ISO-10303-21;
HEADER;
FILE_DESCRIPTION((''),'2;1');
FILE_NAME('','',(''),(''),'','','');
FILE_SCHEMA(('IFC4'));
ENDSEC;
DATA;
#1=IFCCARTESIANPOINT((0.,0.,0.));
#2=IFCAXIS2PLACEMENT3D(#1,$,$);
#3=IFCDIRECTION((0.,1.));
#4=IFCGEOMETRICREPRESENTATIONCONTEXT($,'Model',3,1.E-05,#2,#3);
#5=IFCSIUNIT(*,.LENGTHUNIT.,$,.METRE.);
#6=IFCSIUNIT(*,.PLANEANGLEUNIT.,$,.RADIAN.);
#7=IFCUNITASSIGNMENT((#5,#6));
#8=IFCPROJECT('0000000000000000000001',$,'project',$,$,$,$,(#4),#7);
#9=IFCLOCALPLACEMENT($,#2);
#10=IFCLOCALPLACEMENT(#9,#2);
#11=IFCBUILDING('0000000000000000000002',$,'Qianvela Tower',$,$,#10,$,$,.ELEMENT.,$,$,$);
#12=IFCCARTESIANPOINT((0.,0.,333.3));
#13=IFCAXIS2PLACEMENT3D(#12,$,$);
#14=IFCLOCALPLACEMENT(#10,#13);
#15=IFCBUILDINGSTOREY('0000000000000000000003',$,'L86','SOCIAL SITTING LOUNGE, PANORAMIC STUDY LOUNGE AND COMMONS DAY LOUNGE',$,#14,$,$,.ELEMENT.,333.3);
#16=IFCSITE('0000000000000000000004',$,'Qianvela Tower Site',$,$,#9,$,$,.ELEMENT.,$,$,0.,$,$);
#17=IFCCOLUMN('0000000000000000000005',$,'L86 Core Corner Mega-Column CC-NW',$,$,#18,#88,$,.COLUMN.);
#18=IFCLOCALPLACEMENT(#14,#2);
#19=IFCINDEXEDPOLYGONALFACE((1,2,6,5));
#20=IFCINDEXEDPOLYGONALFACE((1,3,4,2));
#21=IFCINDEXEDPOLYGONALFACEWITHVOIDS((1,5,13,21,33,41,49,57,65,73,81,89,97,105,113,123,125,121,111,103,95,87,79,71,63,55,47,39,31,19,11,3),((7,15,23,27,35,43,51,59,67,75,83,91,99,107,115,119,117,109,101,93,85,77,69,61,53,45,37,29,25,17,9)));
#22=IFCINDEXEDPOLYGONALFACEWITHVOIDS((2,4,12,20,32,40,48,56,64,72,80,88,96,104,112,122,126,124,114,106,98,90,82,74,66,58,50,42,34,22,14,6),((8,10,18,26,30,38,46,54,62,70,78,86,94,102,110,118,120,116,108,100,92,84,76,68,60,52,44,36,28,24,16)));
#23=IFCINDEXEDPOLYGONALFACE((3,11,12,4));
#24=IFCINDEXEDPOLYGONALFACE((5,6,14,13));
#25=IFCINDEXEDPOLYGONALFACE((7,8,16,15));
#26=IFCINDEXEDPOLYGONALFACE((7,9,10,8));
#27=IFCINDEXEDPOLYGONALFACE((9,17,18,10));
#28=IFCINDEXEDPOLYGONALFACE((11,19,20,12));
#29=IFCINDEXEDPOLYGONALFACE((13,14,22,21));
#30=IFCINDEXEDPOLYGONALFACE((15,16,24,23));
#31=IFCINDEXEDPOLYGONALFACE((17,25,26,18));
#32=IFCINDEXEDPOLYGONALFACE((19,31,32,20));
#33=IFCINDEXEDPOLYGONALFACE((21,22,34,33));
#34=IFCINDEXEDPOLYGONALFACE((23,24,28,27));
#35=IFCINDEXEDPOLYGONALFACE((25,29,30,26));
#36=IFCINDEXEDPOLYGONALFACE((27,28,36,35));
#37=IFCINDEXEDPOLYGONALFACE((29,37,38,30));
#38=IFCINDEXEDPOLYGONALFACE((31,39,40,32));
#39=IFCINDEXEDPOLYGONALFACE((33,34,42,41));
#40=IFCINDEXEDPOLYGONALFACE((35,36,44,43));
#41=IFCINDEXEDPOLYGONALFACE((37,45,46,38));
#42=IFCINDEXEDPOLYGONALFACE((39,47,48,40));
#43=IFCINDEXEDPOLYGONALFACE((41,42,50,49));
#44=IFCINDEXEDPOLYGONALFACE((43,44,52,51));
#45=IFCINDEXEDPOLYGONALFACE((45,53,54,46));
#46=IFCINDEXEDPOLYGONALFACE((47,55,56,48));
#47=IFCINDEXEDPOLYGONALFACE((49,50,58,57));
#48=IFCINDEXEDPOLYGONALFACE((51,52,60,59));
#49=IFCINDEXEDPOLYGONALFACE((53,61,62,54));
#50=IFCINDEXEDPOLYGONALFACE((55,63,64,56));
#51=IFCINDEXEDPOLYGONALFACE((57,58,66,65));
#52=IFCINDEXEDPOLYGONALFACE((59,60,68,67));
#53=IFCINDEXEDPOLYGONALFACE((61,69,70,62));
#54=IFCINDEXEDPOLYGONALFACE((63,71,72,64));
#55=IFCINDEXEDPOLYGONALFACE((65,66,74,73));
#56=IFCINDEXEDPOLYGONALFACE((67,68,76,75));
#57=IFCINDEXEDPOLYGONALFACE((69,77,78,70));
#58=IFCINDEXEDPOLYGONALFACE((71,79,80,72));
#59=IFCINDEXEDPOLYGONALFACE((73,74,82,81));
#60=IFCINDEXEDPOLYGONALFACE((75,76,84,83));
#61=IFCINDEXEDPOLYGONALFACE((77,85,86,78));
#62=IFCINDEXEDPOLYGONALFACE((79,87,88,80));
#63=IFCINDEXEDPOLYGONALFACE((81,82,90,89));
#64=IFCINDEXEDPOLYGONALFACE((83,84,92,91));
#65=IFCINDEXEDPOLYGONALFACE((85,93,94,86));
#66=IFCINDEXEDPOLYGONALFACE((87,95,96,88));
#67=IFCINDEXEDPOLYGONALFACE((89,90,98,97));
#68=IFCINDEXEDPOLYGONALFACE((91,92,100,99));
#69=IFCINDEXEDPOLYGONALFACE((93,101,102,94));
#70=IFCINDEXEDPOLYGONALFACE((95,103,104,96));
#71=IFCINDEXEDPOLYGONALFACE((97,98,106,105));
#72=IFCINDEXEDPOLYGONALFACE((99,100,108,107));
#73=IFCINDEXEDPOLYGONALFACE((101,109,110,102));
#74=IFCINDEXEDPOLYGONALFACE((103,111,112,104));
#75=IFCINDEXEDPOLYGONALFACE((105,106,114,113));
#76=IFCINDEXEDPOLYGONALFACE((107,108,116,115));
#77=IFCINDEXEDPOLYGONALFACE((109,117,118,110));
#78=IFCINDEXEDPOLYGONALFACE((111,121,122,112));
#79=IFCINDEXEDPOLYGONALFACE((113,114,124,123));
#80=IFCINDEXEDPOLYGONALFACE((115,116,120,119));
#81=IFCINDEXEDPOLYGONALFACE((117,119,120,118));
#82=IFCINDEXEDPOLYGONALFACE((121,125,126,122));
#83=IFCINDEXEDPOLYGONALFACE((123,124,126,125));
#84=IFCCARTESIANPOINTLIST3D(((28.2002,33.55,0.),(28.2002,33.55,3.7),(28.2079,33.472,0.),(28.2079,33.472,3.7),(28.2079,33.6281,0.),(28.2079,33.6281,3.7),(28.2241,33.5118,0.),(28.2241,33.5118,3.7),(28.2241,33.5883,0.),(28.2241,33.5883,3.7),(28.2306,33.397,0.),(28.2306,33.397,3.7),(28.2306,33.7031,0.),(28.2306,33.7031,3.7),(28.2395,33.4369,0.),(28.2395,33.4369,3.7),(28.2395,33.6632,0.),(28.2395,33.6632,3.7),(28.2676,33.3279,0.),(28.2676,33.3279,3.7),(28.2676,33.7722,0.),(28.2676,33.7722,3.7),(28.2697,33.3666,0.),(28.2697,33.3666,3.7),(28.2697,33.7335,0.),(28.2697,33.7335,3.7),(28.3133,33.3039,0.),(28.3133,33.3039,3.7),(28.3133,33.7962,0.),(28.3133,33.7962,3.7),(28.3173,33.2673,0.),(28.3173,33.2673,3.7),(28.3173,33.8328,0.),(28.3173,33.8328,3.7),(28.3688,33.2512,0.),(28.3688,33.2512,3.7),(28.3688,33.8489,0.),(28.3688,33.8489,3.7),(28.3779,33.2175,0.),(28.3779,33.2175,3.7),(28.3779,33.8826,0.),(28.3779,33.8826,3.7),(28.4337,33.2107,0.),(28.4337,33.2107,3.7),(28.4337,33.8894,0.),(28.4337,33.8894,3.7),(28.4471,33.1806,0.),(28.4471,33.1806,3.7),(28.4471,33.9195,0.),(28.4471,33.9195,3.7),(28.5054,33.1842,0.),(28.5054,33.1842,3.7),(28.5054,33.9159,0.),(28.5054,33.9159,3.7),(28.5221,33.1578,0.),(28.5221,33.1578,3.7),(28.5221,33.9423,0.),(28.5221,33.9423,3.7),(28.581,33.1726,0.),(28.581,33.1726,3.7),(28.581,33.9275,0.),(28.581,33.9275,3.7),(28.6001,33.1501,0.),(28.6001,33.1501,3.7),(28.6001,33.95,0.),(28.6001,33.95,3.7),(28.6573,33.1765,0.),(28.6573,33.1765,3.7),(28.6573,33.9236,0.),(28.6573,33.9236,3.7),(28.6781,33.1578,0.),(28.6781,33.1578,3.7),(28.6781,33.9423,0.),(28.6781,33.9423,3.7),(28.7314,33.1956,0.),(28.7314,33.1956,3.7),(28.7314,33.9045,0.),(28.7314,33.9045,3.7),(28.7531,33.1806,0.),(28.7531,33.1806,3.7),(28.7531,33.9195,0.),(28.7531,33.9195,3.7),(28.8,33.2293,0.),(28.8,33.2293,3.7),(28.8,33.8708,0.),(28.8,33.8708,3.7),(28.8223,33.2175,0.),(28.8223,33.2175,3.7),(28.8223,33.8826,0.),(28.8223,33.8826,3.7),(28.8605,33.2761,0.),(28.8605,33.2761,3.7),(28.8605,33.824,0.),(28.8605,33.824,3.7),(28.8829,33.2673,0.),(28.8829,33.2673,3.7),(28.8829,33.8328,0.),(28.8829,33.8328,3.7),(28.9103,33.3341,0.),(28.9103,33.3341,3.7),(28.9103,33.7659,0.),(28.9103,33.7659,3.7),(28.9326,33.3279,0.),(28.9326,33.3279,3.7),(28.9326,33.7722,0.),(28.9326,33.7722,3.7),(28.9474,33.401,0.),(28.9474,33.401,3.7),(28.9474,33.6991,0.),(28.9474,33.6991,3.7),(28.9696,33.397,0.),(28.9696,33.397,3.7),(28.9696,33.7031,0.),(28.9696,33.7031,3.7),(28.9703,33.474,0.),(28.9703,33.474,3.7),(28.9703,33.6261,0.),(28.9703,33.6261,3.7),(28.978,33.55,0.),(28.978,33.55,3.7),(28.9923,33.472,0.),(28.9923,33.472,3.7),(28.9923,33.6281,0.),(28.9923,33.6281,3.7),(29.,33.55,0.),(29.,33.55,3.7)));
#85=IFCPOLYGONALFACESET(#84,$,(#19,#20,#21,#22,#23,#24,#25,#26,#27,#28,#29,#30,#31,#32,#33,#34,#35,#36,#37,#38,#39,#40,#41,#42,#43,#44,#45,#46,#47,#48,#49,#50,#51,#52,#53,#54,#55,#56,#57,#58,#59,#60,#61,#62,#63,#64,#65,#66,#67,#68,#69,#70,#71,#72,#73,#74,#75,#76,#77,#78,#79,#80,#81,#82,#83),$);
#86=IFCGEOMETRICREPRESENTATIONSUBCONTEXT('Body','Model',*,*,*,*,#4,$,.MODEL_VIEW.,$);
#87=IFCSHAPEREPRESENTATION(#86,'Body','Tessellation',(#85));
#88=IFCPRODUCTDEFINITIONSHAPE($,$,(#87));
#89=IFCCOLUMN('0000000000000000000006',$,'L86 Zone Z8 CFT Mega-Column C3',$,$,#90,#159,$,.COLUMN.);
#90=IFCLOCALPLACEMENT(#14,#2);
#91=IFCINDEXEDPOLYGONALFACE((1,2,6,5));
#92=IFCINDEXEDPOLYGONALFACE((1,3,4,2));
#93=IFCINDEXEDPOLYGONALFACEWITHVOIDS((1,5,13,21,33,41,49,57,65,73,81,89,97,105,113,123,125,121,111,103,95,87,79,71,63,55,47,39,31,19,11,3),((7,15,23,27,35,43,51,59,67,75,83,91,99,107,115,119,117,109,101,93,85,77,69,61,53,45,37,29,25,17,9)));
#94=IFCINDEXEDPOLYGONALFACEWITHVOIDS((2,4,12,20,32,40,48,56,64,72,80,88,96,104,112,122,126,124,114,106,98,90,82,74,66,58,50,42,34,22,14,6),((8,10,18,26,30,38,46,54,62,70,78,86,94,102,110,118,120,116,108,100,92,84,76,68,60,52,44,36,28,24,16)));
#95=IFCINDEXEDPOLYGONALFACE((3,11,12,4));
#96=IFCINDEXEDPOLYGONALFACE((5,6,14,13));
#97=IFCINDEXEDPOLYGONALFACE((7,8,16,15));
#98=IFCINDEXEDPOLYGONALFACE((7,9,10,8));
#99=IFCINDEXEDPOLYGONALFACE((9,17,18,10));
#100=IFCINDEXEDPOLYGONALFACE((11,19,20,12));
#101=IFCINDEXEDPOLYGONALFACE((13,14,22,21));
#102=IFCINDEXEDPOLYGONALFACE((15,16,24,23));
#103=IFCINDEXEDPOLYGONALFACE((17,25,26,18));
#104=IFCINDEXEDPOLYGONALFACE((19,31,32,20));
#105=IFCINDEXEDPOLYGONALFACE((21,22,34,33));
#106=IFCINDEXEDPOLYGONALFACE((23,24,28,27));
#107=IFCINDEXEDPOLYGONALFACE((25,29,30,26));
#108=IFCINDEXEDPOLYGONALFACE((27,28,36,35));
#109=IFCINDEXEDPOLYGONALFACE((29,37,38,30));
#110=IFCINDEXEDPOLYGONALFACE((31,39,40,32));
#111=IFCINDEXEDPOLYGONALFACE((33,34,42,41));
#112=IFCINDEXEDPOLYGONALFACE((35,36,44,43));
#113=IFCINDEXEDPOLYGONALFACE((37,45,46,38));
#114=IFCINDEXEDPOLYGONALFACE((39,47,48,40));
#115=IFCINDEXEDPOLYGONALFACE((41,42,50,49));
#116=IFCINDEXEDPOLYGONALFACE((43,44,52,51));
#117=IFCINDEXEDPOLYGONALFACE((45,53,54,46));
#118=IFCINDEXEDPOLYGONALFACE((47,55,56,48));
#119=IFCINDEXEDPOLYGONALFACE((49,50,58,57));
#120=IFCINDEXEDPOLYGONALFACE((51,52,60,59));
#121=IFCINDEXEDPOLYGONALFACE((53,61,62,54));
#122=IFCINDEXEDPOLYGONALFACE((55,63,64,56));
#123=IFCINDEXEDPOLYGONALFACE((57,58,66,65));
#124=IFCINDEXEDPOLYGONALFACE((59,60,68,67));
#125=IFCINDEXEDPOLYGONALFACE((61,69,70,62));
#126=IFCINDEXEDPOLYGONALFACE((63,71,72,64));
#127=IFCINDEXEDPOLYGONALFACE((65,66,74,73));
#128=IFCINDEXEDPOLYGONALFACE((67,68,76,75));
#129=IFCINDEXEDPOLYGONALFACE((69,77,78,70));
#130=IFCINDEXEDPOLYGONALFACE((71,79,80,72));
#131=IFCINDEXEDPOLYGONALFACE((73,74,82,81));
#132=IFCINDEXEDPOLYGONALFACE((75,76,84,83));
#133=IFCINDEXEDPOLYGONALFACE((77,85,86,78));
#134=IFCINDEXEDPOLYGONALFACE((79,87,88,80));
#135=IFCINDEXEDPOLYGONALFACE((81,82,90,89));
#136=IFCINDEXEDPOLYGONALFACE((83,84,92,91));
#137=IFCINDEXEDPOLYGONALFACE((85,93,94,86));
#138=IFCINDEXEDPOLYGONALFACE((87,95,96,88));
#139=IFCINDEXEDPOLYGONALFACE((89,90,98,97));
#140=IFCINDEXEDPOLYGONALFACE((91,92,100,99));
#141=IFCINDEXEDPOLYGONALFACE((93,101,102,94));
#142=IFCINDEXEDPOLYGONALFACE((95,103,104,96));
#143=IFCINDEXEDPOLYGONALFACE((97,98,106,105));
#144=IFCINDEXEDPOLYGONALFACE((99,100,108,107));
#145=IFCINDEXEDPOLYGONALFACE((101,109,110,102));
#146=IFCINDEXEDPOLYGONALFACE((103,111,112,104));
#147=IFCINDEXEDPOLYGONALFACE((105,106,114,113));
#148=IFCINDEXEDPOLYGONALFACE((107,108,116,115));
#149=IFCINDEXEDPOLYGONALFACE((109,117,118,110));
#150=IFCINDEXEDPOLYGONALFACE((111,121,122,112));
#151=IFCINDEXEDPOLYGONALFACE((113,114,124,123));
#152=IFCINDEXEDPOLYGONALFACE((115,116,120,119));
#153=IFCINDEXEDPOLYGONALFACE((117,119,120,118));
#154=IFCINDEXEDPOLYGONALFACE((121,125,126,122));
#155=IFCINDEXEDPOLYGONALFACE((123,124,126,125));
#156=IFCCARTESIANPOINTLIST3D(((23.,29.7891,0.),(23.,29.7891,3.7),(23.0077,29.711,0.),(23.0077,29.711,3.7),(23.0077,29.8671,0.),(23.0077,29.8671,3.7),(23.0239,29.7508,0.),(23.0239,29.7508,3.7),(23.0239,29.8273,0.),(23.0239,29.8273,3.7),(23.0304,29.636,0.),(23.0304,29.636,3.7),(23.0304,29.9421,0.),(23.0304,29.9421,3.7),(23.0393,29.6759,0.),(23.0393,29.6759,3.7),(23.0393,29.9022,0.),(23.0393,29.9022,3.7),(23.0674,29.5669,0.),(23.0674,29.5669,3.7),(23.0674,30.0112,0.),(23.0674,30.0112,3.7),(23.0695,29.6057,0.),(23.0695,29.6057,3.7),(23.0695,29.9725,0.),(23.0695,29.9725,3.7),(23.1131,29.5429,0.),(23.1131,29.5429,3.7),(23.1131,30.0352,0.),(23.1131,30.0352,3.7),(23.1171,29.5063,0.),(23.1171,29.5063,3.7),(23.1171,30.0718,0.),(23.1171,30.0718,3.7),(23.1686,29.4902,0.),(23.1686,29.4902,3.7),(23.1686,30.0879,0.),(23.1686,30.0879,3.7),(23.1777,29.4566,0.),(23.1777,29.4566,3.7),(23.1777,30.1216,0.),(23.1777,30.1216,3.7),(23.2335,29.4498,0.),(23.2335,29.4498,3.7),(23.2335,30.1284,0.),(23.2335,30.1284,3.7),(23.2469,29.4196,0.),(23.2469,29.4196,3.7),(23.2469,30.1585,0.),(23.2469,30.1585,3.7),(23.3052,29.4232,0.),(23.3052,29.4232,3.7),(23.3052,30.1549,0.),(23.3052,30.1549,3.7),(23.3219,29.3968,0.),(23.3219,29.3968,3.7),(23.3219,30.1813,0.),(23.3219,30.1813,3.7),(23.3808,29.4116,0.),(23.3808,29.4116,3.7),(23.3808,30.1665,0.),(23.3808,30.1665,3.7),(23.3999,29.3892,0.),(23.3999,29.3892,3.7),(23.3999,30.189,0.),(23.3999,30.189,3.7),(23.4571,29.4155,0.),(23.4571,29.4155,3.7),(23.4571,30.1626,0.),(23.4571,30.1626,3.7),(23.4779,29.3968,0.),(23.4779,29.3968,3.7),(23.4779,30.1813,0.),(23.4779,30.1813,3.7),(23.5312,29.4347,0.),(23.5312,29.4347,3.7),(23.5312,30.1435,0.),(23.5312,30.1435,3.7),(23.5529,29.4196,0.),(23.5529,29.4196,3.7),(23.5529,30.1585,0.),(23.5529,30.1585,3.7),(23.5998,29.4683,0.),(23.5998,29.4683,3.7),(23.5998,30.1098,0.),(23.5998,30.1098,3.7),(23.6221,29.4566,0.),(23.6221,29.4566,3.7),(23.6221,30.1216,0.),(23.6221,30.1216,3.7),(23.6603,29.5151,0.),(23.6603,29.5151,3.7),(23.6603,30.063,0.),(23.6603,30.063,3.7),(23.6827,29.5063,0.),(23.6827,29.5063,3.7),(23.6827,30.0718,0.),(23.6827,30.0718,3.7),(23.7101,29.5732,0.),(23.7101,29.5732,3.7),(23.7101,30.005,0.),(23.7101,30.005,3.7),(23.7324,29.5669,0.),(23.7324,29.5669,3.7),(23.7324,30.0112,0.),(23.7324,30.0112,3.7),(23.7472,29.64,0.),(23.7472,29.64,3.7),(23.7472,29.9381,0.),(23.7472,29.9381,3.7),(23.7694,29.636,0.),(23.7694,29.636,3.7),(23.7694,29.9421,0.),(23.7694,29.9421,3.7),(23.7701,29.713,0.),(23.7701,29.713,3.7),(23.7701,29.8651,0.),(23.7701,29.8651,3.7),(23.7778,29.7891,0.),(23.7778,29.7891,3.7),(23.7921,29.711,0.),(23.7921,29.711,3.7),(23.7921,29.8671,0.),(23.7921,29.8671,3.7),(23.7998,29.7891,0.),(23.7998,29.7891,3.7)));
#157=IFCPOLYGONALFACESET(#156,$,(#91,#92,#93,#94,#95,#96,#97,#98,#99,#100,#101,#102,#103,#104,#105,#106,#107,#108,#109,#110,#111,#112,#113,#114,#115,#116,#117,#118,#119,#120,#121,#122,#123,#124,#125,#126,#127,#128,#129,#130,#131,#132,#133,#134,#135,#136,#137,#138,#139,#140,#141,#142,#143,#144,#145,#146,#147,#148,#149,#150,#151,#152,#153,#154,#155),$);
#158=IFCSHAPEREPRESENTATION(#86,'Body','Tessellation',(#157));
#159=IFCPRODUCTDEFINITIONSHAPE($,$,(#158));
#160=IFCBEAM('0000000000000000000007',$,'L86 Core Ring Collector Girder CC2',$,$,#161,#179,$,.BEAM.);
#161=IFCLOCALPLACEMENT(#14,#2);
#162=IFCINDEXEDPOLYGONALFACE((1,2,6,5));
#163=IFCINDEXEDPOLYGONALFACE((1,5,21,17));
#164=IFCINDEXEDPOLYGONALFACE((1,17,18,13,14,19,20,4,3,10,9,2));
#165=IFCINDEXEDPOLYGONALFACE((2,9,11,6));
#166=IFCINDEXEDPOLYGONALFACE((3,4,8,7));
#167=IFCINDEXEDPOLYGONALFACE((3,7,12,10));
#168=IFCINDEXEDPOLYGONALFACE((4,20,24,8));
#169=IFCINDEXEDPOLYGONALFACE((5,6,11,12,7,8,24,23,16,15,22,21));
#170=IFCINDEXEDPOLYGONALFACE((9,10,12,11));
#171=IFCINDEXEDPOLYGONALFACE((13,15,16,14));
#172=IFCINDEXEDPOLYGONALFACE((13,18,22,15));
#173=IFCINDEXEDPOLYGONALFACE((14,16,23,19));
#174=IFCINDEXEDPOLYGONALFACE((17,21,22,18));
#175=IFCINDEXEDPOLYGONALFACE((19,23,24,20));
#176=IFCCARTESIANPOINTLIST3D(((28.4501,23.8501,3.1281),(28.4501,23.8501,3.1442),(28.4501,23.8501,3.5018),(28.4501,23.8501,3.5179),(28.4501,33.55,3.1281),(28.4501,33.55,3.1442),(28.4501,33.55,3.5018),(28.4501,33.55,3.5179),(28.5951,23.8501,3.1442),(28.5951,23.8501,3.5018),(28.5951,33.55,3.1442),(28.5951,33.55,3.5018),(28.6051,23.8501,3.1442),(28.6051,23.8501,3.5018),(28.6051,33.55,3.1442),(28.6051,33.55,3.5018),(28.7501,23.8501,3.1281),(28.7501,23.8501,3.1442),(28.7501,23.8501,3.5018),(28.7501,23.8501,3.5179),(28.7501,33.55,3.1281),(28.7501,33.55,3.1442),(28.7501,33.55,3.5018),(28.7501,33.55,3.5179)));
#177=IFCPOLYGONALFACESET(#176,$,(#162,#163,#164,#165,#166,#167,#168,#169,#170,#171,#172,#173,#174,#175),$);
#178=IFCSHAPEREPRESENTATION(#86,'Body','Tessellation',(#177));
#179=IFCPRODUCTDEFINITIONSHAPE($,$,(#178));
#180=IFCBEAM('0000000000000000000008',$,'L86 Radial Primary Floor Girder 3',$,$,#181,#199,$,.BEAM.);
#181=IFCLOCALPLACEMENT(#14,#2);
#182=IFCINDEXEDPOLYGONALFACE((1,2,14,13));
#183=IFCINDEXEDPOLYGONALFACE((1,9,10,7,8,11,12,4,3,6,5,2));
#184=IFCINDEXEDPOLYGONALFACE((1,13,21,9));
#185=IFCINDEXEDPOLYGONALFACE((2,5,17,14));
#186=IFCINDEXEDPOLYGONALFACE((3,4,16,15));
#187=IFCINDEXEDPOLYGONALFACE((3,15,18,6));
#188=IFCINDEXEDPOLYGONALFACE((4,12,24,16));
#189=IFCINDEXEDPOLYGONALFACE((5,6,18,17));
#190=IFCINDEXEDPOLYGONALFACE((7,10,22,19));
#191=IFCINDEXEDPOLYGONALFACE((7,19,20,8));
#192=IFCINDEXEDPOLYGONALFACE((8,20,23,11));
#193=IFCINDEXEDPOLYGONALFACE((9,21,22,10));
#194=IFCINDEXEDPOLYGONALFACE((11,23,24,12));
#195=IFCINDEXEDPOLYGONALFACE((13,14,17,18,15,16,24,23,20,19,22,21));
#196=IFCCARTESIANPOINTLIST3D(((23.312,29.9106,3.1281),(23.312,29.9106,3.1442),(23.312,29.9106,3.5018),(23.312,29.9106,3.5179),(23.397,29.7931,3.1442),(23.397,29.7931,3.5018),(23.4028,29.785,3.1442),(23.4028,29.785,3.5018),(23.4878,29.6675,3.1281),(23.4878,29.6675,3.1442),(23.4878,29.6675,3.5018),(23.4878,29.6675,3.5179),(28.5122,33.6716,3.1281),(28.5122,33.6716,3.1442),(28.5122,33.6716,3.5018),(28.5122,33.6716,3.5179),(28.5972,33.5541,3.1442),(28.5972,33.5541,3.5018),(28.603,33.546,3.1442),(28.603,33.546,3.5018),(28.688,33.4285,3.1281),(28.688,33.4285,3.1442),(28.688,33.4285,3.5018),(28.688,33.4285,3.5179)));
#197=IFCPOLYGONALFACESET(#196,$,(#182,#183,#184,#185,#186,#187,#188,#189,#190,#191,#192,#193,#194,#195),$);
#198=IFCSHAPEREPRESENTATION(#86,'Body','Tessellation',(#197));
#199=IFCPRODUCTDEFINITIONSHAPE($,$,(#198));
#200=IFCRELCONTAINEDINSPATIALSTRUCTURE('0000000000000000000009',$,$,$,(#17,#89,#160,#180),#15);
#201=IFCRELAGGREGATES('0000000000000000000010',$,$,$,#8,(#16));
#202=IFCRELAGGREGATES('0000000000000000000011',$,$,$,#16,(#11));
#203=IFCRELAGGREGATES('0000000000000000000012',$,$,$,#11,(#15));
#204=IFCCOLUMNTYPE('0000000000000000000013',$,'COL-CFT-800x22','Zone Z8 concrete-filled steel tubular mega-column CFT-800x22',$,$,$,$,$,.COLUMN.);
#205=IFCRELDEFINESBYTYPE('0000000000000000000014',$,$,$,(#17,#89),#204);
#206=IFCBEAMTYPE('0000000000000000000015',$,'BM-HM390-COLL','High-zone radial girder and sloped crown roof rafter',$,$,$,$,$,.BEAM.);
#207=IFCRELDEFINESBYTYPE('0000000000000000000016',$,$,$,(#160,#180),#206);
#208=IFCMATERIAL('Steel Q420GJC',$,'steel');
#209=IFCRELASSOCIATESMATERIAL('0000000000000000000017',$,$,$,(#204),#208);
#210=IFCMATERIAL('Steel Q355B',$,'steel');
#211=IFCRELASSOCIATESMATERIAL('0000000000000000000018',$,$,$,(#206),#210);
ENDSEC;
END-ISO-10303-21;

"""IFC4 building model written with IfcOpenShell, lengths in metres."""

from ifc_helpers import new_model, si_unit, direction, frame, origin, origin_2d, place, context, subcontext, project, spatial, hollow_circle, i_section, extrude, material, material_profile, profile_set, type_object, element, save


model = new_model("IFC4")

# Units and contexts
model_context = context("Model", 3, precision=1e-05, world=origin(), true_north=direction((0.0, 1.0)))
body_context = subcontext(model_context, "Body", "Model", "MODEL_VIEW")
ifc_project = project(units=[si_unit("LENGTHUNIT", "METRE"), si_unit("PLANEANGLEUNIT", "RADIAN")], contexts=[model_context])

# Site, building, storey
site_placement = place(None, origin())
site = spatial("IfcSite", under=ifc_project, at=site_placement, Name="Qianvela Tower Site", CompositionType="ELEMENT", RefElevation=0.0)
building_placement = place(site_placement, origin())
building = spatial("IfcBuilding", under=site, at=building_placement, Name="Qianvela Tower", CompositionType="ELEMENT")
storey_placement = place(building_placement, frame((0.0, 0.0, 333.3)))
storey = spatial("IfcBuildingStorey", under=building, at=storey_placement, Name="L86", Description="SOCIAL SITTING LOUNGE, PANORAMIC STUDY LOUNGE AND COMMONS DAY LOUNGE", CompositionType="ELEMENT", Elevation=333.3)

# Columns
ifc_material_1 = material(Name="Steel Q420GJC", Category="steel")
ifc_material_profile_1 = material_profile(ifc_material_1, hollow_circle(Radius=0.3999, WallThickness=0.022, at=origin_2d()), Name="CFT-800x22")
ifc_profile_set_1 = profile_set([ifc_material_profile_1], Name="Steel Q420GJC")
column_type = type_object("IfcColumnType", Name="COL-CFT-800x22", Description="Zone Z8 concrete-filled steel tubular mega-column CFT-800x22", PredefinedType="COLUMN", material=ifc_profile_set_1)
for number, where, z_axis, x_axis, name in (
    (1, (28.6001, 33.55, 0.0), (0.0, 0.0, 1.0), (1.0, 0.0, 0.0), "L86 Core Corner Mega-Column CC-NW"),
    (2, (23.3999, 29.7891, 0.0), (0.0, 0.0, 1.0), (1.0, 0.0, 0.0), "L86 Zone Z8 CFT Mega-Column C3"),
):
    element("IfcColumn", number, at=place(storey_placement, frame(where, z_axis=z_axis, x_axis=x_axis)), inside=storey, type_object=column_type, Name=name, PredefinedType="COLUMN", context=body_context, shape_type="SweptSolid", body=[
        extrude(hollow_circle(Radius=0.3999, WallThickness=0.022, at=origin_2d()), origin(), (0.0, 0.0, 1.0), 3.7),
    ])

# Beams
ifc_material_2 = material(Name="Steel Q355B", Category="steel")
ifc_material_profile_2 = material_profile(ifc_material_2, i_section(OverallWidth=0.3, OverallDepth=0.3899, WebThickness=0.01, FlangeThickness=0.0161, at=origin_2d()), Name="HM390x300x10x16")
ifc_profile_set_2 = profile_set([ifc_material_profile_2], Name="Steel Q355B")
beam_type_1 = type_object("IfcBeamType", Name="BM-HM390-COLL", Description="High-zone radial girder and sloped crown roof rafter", PredefinedType="BEAM", material=ifc_profile_set_2)
beam_1_placement = place(storey_placement, frame((28.6001, 33.55, 3.323), z_axis=(0.0, -1.0, 0.0), x_axis=(1.0, 0.0, 0.0)))
element("IfcBeam", 3, at=beam_1_placement, inside=storey, type_object=beam_type_1, Name="L86 Core Ring Collector Girder CC2", PredefinedType="BEAM", context=body_context, shape_type="SweptSolid", body=[
    extrude(i_section(OverallWidth=0.3, OverallDepth=0.3899, WebThickness=0.01, FlangeThickness=0.0161, at=origin_2d()), origin(), (0.0, 0.0, 1.0), 9.7),
])
beam_2_placement = place(storey_placement, frame((28.6001, 33.55, 3.323), z_axis=(-0.810288, -0.586032, 0.0), x_axis=(0.586032, -0.810288, 0.0)))
element("IfcBeam", 4, at=beam_2_placement, inside=storey, type_object=beam_type_1, Name="L86 Radial Primary Floor Girder 3", PredefinedType="BEAM", context=body_context, shape_type="SweptSolid", body=[
    extrude(i_section(OverallWidth=0.3, OverallDepth=0.3899, WebThickness=0.01, FlangeThickness=0.0161, at=origin_2d()), origin(), (0.0, 0.0, 1.0), 6.4177),
])

save(model, "model.ifc")
